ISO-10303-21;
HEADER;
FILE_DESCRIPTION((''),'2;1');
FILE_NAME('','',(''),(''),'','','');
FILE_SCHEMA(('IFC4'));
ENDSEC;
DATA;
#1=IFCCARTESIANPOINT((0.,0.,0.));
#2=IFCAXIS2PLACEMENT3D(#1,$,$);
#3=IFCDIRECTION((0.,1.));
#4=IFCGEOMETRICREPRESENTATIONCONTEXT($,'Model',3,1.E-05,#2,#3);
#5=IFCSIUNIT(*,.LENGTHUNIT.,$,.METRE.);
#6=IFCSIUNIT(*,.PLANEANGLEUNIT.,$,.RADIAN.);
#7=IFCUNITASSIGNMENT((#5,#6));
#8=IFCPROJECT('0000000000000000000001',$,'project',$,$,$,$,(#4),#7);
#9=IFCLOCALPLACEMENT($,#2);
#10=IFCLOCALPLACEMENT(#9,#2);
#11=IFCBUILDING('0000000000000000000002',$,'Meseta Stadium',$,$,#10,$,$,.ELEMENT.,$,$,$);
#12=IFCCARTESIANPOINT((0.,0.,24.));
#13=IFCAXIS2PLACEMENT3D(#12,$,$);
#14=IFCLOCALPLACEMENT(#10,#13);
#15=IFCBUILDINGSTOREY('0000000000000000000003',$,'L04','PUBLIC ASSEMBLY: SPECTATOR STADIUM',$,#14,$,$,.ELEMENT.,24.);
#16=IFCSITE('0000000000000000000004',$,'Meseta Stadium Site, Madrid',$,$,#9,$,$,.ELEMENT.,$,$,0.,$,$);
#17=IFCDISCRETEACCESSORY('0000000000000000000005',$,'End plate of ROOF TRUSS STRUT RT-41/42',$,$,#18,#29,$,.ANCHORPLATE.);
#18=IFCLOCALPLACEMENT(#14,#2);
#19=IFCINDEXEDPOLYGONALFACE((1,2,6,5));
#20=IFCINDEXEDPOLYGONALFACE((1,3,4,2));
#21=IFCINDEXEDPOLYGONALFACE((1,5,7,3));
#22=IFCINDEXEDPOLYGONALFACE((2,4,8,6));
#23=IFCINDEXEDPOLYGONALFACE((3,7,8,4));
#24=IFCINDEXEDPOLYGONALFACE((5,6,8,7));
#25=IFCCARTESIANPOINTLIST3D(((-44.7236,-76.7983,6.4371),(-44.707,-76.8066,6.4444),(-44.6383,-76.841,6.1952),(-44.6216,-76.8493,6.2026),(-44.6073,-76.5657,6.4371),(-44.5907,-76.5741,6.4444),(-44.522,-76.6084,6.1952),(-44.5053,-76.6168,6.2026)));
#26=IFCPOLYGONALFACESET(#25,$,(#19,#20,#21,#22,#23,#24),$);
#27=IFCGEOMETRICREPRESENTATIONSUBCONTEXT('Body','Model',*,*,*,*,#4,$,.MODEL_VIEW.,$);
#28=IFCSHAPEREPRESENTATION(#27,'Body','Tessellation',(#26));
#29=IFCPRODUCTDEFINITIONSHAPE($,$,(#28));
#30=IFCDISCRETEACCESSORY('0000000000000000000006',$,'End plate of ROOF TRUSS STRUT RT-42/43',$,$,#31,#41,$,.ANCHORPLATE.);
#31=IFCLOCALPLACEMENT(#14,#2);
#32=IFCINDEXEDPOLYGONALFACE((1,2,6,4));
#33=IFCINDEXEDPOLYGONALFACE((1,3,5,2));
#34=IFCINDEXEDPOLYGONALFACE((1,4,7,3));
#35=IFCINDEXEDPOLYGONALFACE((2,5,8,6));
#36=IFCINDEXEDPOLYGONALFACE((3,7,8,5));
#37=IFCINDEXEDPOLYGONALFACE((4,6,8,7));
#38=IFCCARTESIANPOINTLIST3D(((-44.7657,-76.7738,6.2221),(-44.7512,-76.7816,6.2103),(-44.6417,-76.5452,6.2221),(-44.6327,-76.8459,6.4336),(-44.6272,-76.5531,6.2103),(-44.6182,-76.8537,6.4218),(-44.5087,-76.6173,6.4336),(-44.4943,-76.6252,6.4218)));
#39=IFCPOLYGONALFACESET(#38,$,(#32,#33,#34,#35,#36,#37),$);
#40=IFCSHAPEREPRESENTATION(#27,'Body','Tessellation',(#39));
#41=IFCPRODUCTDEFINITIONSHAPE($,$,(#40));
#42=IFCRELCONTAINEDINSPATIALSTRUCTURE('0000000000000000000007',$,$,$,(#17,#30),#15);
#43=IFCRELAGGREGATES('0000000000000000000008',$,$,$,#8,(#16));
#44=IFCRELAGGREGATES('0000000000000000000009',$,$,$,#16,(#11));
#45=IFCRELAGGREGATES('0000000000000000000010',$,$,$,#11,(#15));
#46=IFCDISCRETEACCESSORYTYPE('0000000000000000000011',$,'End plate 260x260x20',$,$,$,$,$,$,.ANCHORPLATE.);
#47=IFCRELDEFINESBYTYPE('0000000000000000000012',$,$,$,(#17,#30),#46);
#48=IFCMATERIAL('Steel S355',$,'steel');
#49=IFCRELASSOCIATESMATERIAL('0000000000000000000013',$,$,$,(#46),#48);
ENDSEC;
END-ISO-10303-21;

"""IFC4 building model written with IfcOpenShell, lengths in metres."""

from ifc_helpers import new_model, si_unit, direction, frame, origin, origin_2d, place, context, subcontext, project, spatial, rectangle, extrude, material, material_profile, profile_set, type_object, element, save


model = new_model("IFC4")

# Units and contexts
model_context = context("Model", 3, precision=1e-05, world=origin(), true_north=direction((0.0, 1.0)))
body_context = subcontext(model_context, "Body", "Model", "MODEL_VIEW")
ifc_project = project(units=[si_unit("LENGTHUNIT", "METRE"), si_unit("PLANEANGLEUNIT", "RADIAN")], contexts=[model_context])

# Site, building, storey
site_placement = place(None, origin())
site = spatial("IfcSite", under=ifc_project, at=site_placement, Name="Meseta Stadium Site, Madrid", CompositionType="ELEMENT", RefElevation=0.0)
building_placement = place(site_placement, origin())
building = spatial("IfcBuilding", under=site, at=building_placement, Name="Meseta Stadium", CompositionType="ELEMENT")
storey_placement = place(building_placement, frame((0.0, 0.0, 24.0)))
storey = spatial("IfcBuildingStorey", under=building, at=storey_placement, Name="L04", Description="PUBLIC ASSEMBLY: SPECTATOR STADIUM", CompositionType="ELEMENT", Elevation=24.0)

# Discrete accessories
ifc_material_1 = material(Name="Steel S355", Category="steel")
ifc_material_profile_1 = material_profile(ifc_material_1, rectangle(XDim=0.26, YDim=0.26, at=origin_2d()), Name="PL 260x260")
ifc_profile_set_1 = profile_set([ifc_material_profile_1], Name="Steel S355")
discrete_accessory_type_1 = type_object("IfcDiscreteAccessoryType", Name="End plate 260x260x20", PredefinedType="ANCHORPLATE", material=ifc_profile_set_1)
for number, where, z_axis, x_axis, name in (
    (1, (-44.6228, -76.7034, 6.3162), (0.831995, -0.415997, 0.367057), (0.447214, 0.894427, 0.0), "End plate of ROOF TRUSS STRUT RT-41/42"),
):
    element("IfcDiscreteAccessory", number, at=place(storey_placement, frame(where, z_axis=z_axis, x_axis=x_axis)), inside=storey, type_object=discrete_accessory_type_1, Name=name, PredefinedType="ANCHORPLATE", context=body_context, shape_type="SweptSolid", body=[
        extrude(rectangle(XDim=0.26, YDim=0.26, at=origin_2d()), origin(), (0.0, 0.0, 1.0), 0.02),
    ])
discrete_accessory_1_placement = place(storey_placement, frame((-44.6372, -76.6956, 6.3279), z_axis=(0.715007, -0.3878, -0.581701), x_axis=(0.476763, 0.879032, 0.0)))
element("IfcDiscreteAccessory", 2, at=discrete_accessory_1_placement, inside=storey, type_object=discrete_accessory_type_1, Name="End plate of ROOF TRUSS STRUT RT-42/43", PredefinedType="ANCHORPLATE", context=body_context, shape_type="SweptSolid", body=[
    extrude(rectangle(XDim=0.26, YDim=0.26, at=origin_2d()), origin(), (0.0, 0.0, 1.0), 0.0203),
])

save(model, "model.ifc")
